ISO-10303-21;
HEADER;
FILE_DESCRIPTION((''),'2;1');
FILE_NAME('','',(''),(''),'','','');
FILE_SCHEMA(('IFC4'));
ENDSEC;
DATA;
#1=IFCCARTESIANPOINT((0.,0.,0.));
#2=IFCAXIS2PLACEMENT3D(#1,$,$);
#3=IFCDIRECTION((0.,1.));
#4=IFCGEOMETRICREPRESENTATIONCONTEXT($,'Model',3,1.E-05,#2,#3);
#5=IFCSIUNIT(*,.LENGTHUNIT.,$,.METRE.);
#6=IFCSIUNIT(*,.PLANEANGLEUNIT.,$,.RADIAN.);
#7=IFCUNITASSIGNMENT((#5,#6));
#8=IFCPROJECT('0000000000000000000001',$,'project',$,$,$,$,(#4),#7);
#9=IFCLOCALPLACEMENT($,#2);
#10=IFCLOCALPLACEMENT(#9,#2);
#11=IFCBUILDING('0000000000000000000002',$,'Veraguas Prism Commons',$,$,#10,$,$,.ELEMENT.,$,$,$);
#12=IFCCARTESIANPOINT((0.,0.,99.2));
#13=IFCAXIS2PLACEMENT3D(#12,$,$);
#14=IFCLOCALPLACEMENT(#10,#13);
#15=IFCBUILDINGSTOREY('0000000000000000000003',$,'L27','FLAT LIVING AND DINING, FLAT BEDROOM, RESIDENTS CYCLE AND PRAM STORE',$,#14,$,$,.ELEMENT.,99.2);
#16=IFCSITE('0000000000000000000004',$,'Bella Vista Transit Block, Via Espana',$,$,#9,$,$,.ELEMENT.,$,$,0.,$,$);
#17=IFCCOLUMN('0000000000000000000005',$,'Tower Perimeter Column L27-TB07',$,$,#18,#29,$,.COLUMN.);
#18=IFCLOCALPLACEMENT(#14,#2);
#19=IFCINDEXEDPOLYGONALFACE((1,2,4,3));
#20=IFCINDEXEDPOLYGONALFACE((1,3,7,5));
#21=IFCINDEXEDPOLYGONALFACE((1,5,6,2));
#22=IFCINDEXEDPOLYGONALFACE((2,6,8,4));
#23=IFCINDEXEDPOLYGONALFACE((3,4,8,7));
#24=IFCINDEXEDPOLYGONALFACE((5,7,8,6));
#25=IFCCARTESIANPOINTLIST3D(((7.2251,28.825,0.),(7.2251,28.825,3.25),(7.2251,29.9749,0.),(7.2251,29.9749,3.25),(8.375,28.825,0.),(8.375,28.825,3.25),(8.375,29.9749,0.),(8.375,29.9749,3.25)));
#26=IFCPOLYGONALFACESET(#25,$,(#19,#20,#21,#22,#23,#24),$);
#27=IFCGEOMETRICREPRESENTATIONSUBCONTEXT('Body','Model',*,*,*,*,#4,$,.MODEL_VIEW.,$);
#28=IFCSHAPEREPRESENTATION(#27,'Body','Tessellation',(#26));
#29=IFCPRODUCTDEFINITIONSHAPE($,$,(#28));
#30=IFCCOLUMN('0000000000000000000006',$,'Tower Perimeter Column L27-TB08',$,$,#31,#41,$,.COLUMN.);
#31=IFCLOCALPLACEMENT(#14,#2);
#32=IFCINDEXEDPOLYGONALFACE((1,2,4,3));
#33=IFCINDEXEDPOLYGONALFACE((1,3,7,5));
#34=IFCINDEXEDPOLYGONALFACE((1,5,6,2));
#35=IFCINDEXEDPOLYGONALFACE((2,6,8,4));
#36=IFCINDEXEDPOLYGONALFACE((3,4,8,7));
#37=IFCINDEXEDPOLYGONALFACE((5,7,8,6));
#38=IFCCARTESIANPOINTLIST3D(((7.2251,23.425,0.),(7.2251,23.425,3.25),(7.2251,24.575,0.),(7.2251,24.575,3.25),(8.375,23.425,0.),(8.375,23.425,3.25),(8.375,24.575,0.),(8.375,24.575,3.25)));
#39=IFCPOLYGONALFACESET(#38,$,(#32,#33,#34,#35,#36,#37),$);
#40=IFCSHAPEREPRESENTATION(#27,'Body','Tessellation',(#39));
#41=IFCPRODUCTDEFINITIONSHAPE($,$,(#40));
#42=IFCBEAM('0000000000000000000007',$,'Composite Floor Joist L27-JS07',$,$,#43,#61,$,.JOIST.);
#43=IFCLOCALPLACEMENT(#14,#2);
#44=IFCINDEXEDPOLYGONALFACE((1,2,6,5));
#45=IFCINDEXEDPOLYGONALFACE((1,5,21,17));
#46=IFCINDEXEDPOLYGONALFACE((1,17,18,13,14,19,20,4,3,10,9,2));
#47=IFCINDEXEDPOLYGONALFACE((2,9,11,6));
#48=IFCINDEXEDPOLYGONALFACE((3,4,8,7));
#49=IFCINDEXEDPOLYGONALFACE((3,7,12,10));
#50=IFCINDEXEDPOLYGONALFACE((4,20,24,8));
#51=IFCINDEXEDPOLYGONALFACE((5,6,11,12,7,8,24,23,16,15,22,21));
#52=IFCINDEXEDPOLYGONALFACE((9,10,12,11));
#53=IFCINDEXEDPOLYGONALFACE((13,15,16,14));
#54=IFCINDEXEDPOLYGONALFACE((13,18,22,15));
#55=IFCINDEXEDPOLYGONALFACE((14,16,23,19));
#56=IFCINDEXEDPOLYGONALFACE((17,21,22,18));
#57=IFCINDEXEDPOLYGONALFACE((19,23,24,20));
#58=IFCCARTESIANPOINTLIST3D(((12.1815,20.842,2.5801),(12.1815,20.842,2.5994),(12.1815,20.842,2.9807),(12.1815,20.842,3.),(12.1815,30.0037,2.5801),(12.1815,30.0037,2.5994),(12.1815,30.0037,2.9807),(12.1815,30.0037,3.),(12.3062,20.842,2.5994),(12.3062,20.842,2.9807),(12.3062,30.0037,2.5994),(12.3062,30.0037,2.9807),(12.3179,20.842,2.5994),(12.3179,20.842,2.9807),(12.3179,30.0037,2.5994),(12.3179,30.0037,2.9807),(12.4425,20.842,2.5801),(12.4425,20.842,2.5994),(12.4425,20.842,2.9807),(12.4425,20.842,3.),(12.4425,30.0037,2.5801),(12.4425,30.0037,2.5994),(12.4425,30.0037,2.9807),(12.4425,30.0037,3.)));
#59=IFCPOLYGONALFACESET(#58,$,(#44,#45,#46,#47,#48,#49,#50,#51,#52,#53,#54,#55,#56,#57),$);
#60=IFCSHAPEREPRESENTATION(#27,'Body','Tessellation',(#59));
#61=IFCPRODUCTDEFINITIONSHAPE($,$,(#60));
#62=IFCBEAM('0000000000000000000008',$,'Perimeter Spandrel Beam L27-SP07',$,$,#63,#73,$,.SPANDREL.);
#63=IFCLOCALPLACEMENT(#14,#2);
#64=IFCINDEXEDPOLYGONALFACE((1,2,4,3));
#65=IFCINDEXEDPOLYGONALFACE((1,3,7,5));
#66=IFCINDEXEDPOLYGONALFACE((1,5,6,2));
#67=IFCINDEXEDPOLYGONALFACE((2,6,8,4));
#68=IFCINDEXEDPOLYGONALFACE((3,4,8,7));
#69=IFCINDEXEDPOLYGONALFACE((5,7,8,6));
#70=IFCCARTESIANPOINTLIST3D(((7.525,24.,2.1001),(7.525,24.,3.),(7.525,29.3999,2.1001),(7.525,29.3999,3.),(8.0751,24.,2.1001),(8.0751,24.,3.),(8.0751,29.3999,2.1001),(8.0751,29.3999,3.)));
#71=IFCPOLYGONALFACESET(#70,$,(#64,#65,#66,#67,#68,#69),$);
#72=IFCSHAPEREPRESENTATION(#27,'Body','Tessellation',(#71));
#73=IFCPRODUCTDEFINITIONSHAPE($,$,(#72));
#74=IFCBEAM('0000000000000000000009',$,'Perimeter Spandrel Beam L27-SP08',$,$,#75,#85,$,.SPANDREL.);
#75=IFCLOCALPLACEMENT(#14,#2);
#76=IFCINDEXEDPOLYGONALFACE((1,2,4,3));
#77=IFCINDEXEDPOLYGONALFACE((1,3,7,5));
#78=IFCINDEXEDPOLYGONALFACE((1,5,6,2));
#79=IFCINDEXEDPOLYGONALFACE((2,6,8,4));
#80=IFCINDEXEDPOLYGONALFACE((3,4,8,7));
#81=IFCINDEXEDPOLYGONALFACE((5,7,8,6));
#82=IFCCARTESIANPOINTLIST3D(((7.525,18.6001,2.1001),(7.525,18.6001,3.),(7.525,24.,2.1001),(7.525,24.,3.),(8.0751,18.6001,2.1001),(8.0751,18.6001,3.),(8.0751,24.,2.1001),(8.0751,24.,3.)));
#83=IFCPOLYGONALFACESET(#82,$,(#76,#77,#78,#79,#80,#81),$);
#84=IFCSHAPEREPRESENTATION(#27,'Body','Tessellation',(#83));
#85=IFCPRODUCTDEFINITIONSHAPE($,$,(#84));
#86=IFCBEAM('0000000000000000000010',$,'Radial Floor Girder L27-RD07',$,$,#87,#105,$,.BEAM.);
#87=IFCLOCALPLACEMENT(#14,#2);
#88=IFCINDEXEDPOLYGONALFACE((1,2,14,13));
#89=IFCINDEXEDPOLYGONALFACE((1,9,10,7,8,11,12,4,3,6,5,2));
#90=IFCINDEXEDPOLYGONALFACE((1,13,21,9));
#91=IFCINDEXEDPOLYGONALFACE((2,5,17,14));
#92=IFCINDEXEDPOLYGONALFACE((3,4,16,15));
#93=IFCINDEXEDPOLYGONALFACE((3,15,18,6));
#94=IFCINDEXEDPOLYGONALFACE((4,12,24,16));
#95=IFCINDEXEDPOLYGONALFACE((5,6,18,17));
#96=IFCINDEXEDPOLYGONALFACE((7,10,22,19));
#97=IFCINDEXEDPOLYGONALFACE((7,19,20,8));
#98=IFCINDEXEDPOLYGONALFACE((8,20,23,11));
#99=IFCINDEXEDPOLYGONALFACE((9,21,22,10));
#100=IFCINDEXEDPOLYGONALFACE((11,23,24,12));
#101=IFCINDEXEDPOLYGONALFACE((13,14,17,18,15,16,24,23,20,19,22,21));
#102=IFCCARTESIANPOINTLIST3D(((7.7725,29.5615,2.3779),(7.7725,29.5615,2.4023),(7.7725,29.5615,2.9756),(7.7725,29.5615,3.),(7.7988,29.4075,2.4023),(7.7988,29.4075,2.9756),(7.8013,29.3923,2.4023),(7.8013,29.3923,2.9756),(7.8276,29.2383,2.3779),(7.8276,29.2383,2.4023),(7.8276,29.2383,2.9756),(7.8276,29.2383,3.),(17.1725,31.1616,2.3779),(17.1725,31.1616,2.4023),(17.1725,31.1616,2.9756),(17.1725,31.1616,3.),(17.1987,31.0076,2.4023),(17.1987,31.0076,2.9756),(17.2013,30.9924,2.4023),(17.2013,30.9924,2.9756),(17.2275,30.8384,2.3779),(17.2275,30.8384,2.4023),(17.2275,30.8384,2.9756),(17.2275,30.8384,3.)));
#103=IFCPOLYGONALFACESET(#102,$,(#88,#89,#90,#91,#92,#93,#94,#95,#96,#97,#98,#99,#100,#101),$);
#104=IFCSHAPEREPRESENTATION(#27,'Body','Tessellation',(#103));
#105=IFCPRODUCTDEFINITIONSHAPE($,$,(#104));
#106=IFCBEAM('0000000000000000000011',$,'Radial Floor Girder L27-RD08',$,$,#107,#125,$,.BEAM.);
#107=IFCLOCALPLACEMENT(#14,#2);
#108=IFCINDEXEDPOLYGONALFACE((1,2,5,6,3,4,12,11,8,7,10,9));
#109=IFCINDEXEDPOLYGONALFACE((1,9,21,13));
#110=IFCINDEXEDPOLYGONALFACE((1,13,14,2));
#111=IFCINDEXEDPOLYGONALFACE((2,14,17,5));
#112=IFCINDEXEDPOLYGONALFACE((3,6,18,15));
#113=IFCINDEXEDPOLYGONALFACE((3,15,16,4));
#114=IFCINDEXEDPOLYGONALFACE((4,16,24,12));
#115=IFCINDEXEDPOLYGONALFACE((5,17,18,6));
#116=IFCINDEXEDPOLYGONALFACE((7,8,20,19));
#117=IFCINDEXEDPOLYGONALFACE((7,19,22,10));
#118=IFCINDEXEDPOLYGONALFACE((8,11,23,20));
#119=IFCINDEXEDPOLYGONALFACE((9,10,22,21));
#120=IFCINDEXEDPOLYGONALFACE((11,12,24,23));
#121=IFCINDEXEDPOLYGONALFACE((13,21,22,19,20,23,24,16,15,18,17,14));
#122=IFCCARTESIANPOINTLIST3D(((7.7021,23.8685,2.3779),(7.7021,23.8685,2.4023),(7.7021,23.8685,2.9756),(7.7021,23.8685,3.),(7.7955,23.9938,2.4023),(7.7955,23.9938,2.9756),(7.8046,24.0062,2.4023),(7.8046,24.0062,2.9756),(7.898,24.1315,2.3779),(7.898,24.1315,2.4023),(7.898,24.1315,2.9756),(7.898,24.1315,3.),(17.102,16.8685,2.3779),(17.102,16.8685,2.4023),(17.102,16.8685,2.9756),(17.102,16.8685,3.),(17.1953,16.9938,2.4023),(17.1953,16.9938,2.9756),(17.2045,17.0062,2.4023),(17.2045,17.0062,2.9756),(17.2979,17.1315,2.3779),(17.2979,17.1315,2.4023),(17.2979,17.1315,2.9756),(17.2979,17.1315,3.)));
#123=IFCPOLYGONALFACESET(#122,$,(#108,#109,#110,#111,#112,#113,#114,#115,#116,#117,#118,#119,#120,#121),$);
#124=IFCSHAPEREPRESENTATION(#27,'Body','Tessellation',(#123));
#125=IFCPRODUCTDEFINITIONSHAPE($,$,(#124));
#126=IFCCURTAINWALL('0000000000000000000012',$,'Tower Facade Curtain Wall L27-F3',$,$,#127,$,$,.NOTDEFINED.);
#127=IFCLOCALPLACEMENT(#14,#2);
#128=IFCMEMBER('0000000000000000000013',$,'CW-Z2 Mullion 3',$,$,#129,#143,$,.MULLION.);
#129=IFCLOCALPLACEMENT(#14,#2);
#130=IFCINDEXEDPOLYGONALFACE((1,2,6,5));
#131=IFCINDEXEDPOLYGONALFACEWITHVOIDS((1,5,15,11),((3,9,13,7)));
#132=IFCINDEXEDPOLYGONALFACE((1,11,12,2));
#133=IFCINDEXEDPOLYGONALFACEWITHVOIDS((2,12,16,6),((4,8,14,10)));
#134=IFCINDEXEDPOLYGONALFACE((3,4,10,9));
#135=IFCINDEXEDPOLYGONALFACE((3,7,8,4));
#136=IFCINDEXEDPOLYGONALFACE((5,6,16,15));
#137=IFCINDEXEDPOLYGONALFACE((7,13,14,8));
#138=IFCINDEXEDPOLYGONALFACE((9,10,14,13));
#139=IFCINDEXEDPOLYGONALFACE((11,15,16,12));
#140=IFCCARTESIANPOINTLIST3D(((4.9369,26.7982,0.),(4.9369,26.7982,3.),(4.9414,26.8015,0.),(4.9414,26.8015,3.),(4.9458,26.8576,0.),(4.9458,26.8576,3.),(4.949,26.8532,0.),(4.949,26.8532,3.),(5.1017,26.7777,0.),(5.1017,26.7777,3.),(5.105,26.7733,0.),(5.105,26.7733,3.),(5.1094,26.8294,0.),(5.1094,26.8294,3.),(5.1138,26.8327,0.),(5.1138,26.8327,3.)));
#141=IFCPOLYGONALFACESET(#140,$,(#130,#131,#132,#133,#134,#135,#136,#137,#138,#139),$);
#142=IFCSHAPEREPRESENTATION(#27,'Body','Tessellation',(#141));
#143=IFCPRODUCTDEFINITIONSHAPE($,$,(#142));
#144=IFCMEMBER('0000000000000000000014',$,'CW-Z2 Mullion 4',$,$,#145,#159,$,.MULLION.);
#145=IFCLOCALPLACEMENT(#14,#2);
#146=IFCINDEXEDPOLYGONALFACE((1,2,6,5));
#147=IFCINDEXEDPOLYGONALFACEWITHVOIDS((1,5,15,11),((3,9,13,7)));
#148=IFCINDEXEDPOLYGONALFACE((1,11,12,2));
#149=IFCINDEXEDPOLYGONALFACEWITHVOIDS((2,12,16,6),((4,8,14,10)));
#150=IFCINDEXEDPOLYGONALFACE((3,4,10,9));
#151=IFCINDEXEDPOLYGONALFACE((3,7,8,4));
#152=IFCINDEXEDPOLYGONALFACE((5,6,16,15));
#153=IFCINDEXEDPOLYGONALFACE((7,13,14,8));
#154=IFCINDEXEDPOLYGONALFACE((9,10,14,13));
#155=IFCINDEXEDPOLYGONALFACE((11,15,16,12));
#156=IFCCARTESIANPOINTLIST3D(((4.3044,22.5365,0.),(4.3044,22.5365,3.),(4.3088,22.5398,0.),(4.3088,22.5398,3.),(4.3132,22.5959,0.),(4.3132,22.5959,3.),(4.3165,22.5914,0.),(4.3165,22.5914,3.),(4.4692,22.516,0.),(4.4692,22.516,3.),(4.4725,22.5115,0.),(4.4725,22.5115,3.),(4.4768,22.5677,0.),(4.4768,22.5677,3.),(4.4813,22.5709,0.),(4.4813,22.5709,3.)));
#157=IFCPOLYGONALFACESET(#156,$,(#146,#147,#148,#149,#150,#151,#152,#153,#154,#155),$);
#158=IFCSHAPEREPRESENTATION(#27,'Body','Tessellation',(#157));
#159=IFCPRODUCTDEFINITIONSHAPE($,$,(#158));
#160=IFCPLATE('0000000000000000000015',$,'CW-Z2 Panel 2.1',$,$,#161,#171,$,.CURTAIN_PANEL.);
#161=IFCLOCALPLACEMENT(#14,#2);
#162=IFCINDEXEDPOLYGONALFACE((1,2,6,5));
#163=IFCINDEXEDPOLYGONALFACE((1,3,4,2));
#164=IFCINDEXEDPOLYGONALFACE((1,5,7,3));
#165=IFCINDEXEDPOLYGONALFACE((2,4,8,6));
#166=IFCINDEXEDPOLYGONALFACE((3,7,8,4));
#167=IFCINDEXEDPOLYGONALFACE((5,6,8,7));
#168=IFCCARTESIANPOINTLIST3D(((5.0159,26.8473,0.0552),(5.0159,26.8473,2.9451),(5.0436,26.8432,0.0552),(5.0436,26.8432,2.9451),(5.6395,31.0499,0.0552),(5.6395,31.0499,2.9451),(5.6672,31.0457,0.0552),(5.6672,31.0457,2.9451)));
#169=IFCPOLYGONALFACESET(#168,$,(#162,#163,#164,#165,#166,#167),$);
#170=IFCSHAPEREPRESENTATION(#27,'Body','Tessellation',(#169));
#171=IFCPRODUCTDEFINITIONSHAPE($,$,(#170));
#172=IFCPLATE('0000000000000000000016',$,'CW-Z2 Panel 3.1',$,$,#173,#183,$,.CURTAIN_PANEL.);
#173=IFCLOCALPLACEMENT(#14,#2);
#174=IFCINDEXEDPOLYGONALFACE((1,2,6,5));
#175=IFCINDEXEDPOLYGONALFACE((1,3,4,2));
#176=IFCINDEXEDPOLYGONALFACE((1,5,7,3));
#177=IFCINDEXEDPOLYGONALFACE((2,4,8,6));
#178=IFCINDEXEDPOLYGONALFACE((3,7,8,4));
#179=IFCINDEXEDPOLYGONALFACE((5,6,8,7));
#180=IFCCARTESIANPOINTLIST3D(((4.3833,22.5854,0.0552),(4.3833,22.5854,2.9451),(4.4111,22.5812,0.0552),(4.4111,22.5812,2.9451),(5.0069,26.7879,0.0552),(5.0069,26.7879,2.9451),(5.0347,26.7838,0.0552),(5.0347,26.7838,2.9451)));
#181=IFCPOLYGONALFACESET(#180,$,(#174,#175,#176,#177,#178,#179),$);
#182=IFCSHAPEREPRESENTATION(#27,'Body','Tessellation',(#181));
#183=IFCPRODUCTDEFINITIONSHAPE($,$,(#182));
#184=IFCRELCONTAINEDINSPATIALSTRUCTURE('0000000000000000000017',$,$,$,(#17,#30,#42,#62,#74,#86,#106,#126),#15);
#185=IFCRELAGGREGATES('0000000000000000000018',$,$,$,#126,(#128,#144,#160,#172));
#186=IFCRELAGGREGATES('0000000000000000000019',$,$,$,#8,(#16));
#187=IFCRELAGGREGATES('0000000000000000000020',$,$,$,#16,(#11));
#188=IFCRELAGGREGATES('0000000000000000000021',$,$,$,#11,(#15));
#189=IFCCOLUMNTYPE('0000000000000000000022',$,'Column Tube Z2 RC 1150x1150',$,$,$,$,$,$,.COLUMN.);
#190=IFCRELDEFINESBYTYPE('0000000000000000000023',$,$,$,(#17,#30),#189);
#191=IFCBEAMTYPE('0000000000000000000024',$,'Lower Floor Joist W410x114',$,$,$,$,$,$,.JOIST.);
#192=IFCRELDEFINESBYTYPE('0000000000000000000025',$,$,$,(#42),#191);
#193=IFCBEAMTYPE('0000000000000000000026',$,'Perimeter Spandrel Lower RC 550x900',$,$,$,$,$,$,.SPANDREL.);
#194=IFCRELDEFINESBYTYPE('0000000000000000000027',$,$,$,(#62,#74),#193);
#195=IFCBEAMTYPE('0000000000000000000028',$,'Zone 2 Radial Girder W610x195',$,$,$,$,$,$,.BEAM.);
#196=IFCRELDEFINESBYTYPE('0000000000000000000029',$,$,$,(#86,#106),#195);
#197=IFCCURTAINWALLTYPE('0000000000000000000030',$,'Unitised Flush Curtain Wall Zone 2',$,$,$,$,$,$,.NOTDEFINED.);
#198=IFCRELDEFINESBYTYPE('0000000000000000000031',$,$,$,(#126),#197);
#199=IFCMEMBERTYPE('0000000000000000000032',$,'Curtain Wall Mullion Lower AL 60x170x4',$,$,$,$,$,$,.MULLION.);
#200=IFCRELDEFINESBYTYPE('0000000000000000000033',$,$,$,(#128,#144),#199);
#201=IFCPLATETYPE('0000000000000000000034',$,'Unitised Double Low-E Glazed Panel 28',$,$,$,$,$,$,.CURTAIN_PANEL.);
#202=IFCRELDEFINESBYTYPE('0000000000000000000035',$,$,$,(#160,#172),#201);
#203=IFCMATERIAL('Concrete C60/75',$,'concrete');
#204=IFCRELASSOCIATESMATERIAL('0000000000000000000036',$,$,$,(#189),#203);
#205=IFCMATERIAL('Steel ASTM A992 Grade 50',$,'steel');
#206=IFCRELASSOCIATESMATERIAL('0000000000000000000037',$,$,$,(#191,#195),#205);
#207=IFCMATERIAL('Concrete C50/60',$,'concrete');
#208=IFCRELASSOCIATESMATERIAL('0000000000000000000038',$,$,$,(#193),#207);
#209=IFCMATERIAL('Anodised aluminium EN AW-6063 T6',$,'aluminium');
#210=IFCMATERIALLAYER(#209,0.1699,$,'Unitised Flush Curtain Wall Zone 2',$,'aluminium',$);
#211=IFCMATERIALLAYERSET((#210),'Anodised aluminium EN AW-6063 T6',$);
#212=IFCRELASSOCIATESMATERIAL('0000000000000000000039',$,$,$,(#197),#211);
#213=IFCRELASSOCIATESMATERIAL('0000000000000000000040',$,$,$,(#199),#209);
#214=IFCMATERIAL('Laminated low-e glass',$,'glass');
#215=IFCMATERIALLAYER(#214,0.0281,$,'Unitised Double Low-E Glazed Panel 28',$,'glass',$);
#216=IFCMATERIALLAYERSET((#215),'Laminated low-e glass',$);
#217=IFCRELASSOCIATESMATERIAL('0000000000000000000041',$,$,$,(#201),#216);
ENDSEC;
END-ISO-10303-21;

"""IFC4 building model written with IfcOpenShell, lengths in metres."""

from ifc_helpers import new_model, si_unit, direction, frame, origin, origin_2d, place, context, subcontext, project, spatial, rectangle, hollow_rectangle, i_section, extrude, source, transform, mapped, material, layer, layer_set, material_profile, profile_set, type_object, element, aggregate, save


model = new_model("IFC4")

# Units and contexts
model_context = context("Model", 3, precision=1e-05, world=origin(), true_north=direction((0.0, 1.0)))
body_context = subcontext(model_context, "Body", "Model", "MODEL_VIEW")
ifc_project = project(units=[si_unit("LENGTHUNIT", "METRE"), si_unit("PLANEANGLEUNIT", "RADIAN")], contexts=[model_context])

# Site, building, storey
site_placement = place(None, origin())
site = spatial("IfcSite", under=ifc_project, at=site_placement, Name="Bella Vista Transit Block, Via Espana", CompositionType="ELEMENT", RefElevation=0.0)
building_placement = place(site_placement, origin())
building = spatial("IfcBuilding", under=site, at=building_placement, Name="Veraguas Prism Commons", CompositionType="ELEMENT")
storey_placement = place(building_placement, frame((0.0, 0.0, 99.2)))
storey = spatial("IfcBuildingStorey", under=building, at=storey_placement, Name="L27", Description="FLAT LIVING AND DINING, FLAT BEDROOM, RESIDENTS CYCLE AND PRAM STORE", CompositionType="ELEMENT", Elevation=99.2)

# Columns
ifc_material_1 = material(Name="Concrete C60/75", Category="concrete")
ifc_material_profile_1 = material_profile(ifc_material_1, rectangle(XDim=1.1499, YDim=1.1499, at=origin_2d()), Name="RC1150X1150")
ifc_profile_set_1 = profile_set([ifc_material_profile_1], Name="Concrete C60/75")
column_type = type_object("IfcColumnType", Name="Column Tube Z2 RC 1150x1150", PredefinedType="COLUMN", material=ifc_profile_set_1)
for number, where, z_axis, x_axis, name in (
    (1, (7.8, 29.3999, 0.0), (0.0, 0.0, 1.0), (1.0, 0.0, 0.0), "Tower Perimeter Column L27-TB07"),
    (2, (7.8, 24.0, 0.0), (0.0, 0.0, 1.0), (1.0, 0.0, 0.0), "Tower Perimeter Column L27-TB08"),
):
    element("IfcColumn", number, at=place(storey_placement, frame(where, z_axis=z_axis, x_axis=x_axis)), inside=storey, type_object=column_type, Name=name, PredefinedType="COLUMN", context=body_context, shape_type="SweptSolid", body=[
        extrude(rectangle(XDim=1.1499, YDim=1.1499, at=origin_2d()), origin(), (0.0, 0.0, 1.0), 3.25),
    ])

# Beams
ifc_material_2 = material(Name="Steel ASTM A992 Grade 50", Category="steel")
ifc_material_profile_2 = material_profile(ifc_material_2, i_section(OverallWidth=0.261, OverallDepth=0.4199, WebThickness=0.0117, FlangeThickness=0.0193, at=origin_2d()), Name="W410X114")
ifc_profile_set_2 = profile_set([ifc_material_profile_2], Name="Steel ASTM A992 Grade 50")
beam_type_1 = type_object("IfcBeamType", Name="Lower Floor Joist W410x114", PredefinedType="JOIST", material=ifc_profile_set_2)
beam_1_placement = place(storey_placement, frame((12.312, 30.0037, 2.79), z_axis=(0.0, -1.0, 0.0), x_axis=(1.0, 0.0, 0.0)))
element("IfcBeam", 3, at=beam_1_placement, inside=storey, type_object=beam_type_1, Name="Composite Floor Joist L27-JS07", PredefinedType="JOIST", context=body_context, shape_type="SweptSolid", body=[
    extrude(i_section(OverallWidth=0.261, OverallDepth=0.4199, WebThickness=0.0117, FlangeThickness=0.0193, at=origin_2d()), origin(), (0.0, 0.0, 1.0), 9.1616),
])
ifc_material_3 = material(Name="Concrete C50/60", Category="concrete")
ifc_material_profile_3 = material_profile(ifc_material_3, rectangle(XDim=0.55, YDim=0.8999, at=origin_2d()), Name="RC550X900")
ifc_profile_set_3 = profile_set([ifc_material_profile_3], Name="Concrete C50/60")
beam_type_2 = type_object("IfcBeamType", Name="Perimeter Spandrel Lower RC 550x900", PredefinedType="SPANDREL", material=ifc_profile_set_3)
for number, where, z_axis, x_axis, name in (
    (4, (7.8, 29.3999, 2.55), (0.0, -1.0, 0.0), (1.0, 0.0, 0.0), "Perimeter Spandrel Beam L27-SP07"),
    (5, (7.8, 24.0, 2.55), (0.0, -1.0, 0.0), (1.0, 0.0, 0.0), "Perimeter Spandrel Beam L27-SP08"),
):
    element("IfcBeam", number, at=place(storey_placement, frame(where, z_axis=z_axis, x_axis=x_axis)), inside=storey, type_object=beam_type_2, Name=name, PredefinedType="SPANDREL", context=body_context, shape_type="SweptSolid", body=[
        extrude(rectangle(XDim=0.55, YDim=0.8999, at=origin_2d()), origin(), (0.0, 0.0, 1.0), 5.3999),
    ])
ifc_material_profile_4 = material_profile(ifc_material_2, i_section(OverallWidth=0.3279, OverallDepth=0.6221, WebThickness=0.0154, FlangeThickness=0.0244, at=origin_2d()), Name="W610X195")
ifc_profile_set_4 = profile_set([ifc_material_profile_4], Name="Steel ASTM A992 Grade 50")
beam_type_3 = type_object("IfcBeamType", Name="Zone 2 Radial Girder W610x195", PredefinedType="BEAM", material=ifc_profile_set_4)
beam_2_placement = place(storey_placement, frame((7.8, 29.3999, 2.689), z_axis=(0.985819, 0.167811, 0.0), x_axis=(-0.167811, 0.985819, 0.0)))
element("IfcBeam", 6, at=beam_2_placement, inside=storey, type_object=beam_type_3, Name="Radial Floor Girder L27-RD07", PredefinedType="BEAM", context=body_context, shape_type="SweptSolid", body=[
    extrude(i_section(OverallWidth=0.3279, OverallDepth=0.6221, WebThickness=0.0154, FlangeThickness=0.0244, at=origin_2d()), origin(), (0.0, 0.0, 1.0), 9.5352),
])
beam_3_placement = place(storey_placement, frame((7.8, 24.0, 2.689), z_axis=(0.80204, -0.59727, 0.0), x_axis=(0.59727, 0.80204, 0.0)))
element("IfcBeam", 7, at=beam_3_placement, inside=storey, type_object=beam_type_3, Name="Radial Floor Girder L27-RD08", PredefinedType="BEAM", context=body_context, shape_type="SweptSolid", body=[
    extrude(i_section(OverallWidth=0.3279, OverallDepth=0.6221, WebThickness=0.0154, FlangeThickness=0.0244, at=origin_2d()), origin(), (0.0, 0.0, 1.0), 11.72),
])

# Curtain wall, members, plates
ifc_material_4 = material(Name="Anodised aluminium EN AW-6063 T6", Category="aluminium")
ifc_layer_1 = layer(ifc_material_4, 0.1699, Name="Unitised Flush Curtain Wall Zone 2", Category="aluminium")
ifc_layer_set_1 = layer_set([ifc_layer_1], Name="Anodised aluminium EN AW-6063 T6")
curtain_wall_type = type_object("IfcCurtainWallType", Name="Unitised Flush Curtain Wall Zone 2", PredefinedType="NOTDEFINED", material=ifc_layer_set_1)
curtain_wall_placement = place(storey_placement, origin())
curtain_wall = element("IfcCurtainWall", 8, at=curtain_wall_placement, inside=storey, type_object=curtain_wall_type, Name="Tower Facade Curtain Wall L27-F3", PredefinedType="NOTDEFINED")
ifc_material_profile_5 = material_profile(ifc_material_4, hollow_rectangle(XDim=0.0601, YDim=0.1699, WallThickness=0.0039, at=origin_2d()), Name="AL60X170X4")
ifc_profile_set_5 = profile_set([ifc_material_profile_5], Name="Anodised aluminium EN AW-6063 T6")
member_type = type_object("IfcMemberType", Name="Curtain Wall Mullion Lower AL 60x170x4", PredefinedType="MULLION", material=ifc_profile_set_5)
shared_shape_1 = source(origin(), body_context, "Body", "SweptSolid", [
    extrude(hollow_rectangle(XDim=0.0601, YDim=0.1699, WallThickness=0.0039, at=origin_2d()), origin(), (0.0, 0.0, 1.0), 3.0),
])
member_1_placement = place(storey_placement, frame((5.0254, 26.8154, 0.0), z_axis=(0.0, 0.0, 1.0), x_axis=(-0.146777, -0.98917, 0.0)))
member_1 = element("IfcMember", 9, at=member_1_placement, type_object=member_type, Name="CW-Z2 Mullion 3", PredefinedType="MULLION", context=body_context, shape_type="MappedRepresentation", body=[
    mapped(shared_shape_1, transform((0.0, 0.0, 0.0), scale=1.0)),
])
member_2_placement = place(storey_placement, frame((4.3928, 22.5537, 0.0), z_axis=(0.0, 0.0, 1.0), x_axis=(-0.146777, -0.98917, 0.0)))
member_2 = element("IfcMember", 10, at=member_2_placement, type_object=member_type, Name="CW-Z2 Mullion 4", PredefinedType="MULLION", context=body_context, shape_type="MappedRepresentation", body=[
    mapped(shared_shape_1, transform((0.0, 0.0, 0.0), scale=1.0)),
])
ifc_material_5 = material(Name="Laminated low-e glass", Category="glass")
ifc_layer_2 = layer(ifc_material_5, 0.0281, Name="Unitised Double Low-E Glazed Panel 28", Category="glass")
ifc_layer_set_2 = layer_set([ifc_layer_2], Name="Laminated low-e glass")
plate_type = type_object("IfcPlateType", Name="Unitised Double Low-E Glazed Panel 28", PredefinedType="CURTAIN_PANEL", material=ifc_layer_set_2)
shared_shape_2 = source(origin(), body_context, "Body", "SweptSolid", [
    extrude(rectangle(XDim=4.2485, YDim=0.0281, at=origin_2d()), origin(), (0.0, 0.0, 1.0), 2.8899),
])
plate_1_placement = place(storey_placement, frame((5.3416, 28.9465, 0.0552), z_axis=(0.0, 0.0, 1.0), x_axis=(-0.146777, -0.98917, 0.0)))
plate_1 = element("IfcPlate", 11, at=plate_1_placement, type_object=plate_type, Name="CW-Z2 Panel 2.1", PredefinedType="CURTAIN_PANEL", context=body_context, shape_type="MappedRepresentation", body=[
    mapped(shared_shape_2, transform((0.0, 0.0, 0.0), scale=1.0)),
])
plate_2_placement = place(storey_placement, frame((4.709, 24.6846, 0.0552), z_axis=(0.0, 0.0, 1.0), x_axis=(-0.146777, -0.98917, 0.0)))
plate_2 = element("IfcPlate", 12, at=plate_2_placement, type_object=plate_type, Name="CW-Z2 Panel 3.1", PredefinedType="CURTAIN_PANEL", context=body_context, shape_type="MappedRepresentation", body=[
    mapped(shared_shape_2, transform((0.0, 0.0, 0.0), scale=1.0)),
])
aggregate(curtain_wall, [member_1, member_2, plate_1, plate_2])

save(model, "model.ifc")
